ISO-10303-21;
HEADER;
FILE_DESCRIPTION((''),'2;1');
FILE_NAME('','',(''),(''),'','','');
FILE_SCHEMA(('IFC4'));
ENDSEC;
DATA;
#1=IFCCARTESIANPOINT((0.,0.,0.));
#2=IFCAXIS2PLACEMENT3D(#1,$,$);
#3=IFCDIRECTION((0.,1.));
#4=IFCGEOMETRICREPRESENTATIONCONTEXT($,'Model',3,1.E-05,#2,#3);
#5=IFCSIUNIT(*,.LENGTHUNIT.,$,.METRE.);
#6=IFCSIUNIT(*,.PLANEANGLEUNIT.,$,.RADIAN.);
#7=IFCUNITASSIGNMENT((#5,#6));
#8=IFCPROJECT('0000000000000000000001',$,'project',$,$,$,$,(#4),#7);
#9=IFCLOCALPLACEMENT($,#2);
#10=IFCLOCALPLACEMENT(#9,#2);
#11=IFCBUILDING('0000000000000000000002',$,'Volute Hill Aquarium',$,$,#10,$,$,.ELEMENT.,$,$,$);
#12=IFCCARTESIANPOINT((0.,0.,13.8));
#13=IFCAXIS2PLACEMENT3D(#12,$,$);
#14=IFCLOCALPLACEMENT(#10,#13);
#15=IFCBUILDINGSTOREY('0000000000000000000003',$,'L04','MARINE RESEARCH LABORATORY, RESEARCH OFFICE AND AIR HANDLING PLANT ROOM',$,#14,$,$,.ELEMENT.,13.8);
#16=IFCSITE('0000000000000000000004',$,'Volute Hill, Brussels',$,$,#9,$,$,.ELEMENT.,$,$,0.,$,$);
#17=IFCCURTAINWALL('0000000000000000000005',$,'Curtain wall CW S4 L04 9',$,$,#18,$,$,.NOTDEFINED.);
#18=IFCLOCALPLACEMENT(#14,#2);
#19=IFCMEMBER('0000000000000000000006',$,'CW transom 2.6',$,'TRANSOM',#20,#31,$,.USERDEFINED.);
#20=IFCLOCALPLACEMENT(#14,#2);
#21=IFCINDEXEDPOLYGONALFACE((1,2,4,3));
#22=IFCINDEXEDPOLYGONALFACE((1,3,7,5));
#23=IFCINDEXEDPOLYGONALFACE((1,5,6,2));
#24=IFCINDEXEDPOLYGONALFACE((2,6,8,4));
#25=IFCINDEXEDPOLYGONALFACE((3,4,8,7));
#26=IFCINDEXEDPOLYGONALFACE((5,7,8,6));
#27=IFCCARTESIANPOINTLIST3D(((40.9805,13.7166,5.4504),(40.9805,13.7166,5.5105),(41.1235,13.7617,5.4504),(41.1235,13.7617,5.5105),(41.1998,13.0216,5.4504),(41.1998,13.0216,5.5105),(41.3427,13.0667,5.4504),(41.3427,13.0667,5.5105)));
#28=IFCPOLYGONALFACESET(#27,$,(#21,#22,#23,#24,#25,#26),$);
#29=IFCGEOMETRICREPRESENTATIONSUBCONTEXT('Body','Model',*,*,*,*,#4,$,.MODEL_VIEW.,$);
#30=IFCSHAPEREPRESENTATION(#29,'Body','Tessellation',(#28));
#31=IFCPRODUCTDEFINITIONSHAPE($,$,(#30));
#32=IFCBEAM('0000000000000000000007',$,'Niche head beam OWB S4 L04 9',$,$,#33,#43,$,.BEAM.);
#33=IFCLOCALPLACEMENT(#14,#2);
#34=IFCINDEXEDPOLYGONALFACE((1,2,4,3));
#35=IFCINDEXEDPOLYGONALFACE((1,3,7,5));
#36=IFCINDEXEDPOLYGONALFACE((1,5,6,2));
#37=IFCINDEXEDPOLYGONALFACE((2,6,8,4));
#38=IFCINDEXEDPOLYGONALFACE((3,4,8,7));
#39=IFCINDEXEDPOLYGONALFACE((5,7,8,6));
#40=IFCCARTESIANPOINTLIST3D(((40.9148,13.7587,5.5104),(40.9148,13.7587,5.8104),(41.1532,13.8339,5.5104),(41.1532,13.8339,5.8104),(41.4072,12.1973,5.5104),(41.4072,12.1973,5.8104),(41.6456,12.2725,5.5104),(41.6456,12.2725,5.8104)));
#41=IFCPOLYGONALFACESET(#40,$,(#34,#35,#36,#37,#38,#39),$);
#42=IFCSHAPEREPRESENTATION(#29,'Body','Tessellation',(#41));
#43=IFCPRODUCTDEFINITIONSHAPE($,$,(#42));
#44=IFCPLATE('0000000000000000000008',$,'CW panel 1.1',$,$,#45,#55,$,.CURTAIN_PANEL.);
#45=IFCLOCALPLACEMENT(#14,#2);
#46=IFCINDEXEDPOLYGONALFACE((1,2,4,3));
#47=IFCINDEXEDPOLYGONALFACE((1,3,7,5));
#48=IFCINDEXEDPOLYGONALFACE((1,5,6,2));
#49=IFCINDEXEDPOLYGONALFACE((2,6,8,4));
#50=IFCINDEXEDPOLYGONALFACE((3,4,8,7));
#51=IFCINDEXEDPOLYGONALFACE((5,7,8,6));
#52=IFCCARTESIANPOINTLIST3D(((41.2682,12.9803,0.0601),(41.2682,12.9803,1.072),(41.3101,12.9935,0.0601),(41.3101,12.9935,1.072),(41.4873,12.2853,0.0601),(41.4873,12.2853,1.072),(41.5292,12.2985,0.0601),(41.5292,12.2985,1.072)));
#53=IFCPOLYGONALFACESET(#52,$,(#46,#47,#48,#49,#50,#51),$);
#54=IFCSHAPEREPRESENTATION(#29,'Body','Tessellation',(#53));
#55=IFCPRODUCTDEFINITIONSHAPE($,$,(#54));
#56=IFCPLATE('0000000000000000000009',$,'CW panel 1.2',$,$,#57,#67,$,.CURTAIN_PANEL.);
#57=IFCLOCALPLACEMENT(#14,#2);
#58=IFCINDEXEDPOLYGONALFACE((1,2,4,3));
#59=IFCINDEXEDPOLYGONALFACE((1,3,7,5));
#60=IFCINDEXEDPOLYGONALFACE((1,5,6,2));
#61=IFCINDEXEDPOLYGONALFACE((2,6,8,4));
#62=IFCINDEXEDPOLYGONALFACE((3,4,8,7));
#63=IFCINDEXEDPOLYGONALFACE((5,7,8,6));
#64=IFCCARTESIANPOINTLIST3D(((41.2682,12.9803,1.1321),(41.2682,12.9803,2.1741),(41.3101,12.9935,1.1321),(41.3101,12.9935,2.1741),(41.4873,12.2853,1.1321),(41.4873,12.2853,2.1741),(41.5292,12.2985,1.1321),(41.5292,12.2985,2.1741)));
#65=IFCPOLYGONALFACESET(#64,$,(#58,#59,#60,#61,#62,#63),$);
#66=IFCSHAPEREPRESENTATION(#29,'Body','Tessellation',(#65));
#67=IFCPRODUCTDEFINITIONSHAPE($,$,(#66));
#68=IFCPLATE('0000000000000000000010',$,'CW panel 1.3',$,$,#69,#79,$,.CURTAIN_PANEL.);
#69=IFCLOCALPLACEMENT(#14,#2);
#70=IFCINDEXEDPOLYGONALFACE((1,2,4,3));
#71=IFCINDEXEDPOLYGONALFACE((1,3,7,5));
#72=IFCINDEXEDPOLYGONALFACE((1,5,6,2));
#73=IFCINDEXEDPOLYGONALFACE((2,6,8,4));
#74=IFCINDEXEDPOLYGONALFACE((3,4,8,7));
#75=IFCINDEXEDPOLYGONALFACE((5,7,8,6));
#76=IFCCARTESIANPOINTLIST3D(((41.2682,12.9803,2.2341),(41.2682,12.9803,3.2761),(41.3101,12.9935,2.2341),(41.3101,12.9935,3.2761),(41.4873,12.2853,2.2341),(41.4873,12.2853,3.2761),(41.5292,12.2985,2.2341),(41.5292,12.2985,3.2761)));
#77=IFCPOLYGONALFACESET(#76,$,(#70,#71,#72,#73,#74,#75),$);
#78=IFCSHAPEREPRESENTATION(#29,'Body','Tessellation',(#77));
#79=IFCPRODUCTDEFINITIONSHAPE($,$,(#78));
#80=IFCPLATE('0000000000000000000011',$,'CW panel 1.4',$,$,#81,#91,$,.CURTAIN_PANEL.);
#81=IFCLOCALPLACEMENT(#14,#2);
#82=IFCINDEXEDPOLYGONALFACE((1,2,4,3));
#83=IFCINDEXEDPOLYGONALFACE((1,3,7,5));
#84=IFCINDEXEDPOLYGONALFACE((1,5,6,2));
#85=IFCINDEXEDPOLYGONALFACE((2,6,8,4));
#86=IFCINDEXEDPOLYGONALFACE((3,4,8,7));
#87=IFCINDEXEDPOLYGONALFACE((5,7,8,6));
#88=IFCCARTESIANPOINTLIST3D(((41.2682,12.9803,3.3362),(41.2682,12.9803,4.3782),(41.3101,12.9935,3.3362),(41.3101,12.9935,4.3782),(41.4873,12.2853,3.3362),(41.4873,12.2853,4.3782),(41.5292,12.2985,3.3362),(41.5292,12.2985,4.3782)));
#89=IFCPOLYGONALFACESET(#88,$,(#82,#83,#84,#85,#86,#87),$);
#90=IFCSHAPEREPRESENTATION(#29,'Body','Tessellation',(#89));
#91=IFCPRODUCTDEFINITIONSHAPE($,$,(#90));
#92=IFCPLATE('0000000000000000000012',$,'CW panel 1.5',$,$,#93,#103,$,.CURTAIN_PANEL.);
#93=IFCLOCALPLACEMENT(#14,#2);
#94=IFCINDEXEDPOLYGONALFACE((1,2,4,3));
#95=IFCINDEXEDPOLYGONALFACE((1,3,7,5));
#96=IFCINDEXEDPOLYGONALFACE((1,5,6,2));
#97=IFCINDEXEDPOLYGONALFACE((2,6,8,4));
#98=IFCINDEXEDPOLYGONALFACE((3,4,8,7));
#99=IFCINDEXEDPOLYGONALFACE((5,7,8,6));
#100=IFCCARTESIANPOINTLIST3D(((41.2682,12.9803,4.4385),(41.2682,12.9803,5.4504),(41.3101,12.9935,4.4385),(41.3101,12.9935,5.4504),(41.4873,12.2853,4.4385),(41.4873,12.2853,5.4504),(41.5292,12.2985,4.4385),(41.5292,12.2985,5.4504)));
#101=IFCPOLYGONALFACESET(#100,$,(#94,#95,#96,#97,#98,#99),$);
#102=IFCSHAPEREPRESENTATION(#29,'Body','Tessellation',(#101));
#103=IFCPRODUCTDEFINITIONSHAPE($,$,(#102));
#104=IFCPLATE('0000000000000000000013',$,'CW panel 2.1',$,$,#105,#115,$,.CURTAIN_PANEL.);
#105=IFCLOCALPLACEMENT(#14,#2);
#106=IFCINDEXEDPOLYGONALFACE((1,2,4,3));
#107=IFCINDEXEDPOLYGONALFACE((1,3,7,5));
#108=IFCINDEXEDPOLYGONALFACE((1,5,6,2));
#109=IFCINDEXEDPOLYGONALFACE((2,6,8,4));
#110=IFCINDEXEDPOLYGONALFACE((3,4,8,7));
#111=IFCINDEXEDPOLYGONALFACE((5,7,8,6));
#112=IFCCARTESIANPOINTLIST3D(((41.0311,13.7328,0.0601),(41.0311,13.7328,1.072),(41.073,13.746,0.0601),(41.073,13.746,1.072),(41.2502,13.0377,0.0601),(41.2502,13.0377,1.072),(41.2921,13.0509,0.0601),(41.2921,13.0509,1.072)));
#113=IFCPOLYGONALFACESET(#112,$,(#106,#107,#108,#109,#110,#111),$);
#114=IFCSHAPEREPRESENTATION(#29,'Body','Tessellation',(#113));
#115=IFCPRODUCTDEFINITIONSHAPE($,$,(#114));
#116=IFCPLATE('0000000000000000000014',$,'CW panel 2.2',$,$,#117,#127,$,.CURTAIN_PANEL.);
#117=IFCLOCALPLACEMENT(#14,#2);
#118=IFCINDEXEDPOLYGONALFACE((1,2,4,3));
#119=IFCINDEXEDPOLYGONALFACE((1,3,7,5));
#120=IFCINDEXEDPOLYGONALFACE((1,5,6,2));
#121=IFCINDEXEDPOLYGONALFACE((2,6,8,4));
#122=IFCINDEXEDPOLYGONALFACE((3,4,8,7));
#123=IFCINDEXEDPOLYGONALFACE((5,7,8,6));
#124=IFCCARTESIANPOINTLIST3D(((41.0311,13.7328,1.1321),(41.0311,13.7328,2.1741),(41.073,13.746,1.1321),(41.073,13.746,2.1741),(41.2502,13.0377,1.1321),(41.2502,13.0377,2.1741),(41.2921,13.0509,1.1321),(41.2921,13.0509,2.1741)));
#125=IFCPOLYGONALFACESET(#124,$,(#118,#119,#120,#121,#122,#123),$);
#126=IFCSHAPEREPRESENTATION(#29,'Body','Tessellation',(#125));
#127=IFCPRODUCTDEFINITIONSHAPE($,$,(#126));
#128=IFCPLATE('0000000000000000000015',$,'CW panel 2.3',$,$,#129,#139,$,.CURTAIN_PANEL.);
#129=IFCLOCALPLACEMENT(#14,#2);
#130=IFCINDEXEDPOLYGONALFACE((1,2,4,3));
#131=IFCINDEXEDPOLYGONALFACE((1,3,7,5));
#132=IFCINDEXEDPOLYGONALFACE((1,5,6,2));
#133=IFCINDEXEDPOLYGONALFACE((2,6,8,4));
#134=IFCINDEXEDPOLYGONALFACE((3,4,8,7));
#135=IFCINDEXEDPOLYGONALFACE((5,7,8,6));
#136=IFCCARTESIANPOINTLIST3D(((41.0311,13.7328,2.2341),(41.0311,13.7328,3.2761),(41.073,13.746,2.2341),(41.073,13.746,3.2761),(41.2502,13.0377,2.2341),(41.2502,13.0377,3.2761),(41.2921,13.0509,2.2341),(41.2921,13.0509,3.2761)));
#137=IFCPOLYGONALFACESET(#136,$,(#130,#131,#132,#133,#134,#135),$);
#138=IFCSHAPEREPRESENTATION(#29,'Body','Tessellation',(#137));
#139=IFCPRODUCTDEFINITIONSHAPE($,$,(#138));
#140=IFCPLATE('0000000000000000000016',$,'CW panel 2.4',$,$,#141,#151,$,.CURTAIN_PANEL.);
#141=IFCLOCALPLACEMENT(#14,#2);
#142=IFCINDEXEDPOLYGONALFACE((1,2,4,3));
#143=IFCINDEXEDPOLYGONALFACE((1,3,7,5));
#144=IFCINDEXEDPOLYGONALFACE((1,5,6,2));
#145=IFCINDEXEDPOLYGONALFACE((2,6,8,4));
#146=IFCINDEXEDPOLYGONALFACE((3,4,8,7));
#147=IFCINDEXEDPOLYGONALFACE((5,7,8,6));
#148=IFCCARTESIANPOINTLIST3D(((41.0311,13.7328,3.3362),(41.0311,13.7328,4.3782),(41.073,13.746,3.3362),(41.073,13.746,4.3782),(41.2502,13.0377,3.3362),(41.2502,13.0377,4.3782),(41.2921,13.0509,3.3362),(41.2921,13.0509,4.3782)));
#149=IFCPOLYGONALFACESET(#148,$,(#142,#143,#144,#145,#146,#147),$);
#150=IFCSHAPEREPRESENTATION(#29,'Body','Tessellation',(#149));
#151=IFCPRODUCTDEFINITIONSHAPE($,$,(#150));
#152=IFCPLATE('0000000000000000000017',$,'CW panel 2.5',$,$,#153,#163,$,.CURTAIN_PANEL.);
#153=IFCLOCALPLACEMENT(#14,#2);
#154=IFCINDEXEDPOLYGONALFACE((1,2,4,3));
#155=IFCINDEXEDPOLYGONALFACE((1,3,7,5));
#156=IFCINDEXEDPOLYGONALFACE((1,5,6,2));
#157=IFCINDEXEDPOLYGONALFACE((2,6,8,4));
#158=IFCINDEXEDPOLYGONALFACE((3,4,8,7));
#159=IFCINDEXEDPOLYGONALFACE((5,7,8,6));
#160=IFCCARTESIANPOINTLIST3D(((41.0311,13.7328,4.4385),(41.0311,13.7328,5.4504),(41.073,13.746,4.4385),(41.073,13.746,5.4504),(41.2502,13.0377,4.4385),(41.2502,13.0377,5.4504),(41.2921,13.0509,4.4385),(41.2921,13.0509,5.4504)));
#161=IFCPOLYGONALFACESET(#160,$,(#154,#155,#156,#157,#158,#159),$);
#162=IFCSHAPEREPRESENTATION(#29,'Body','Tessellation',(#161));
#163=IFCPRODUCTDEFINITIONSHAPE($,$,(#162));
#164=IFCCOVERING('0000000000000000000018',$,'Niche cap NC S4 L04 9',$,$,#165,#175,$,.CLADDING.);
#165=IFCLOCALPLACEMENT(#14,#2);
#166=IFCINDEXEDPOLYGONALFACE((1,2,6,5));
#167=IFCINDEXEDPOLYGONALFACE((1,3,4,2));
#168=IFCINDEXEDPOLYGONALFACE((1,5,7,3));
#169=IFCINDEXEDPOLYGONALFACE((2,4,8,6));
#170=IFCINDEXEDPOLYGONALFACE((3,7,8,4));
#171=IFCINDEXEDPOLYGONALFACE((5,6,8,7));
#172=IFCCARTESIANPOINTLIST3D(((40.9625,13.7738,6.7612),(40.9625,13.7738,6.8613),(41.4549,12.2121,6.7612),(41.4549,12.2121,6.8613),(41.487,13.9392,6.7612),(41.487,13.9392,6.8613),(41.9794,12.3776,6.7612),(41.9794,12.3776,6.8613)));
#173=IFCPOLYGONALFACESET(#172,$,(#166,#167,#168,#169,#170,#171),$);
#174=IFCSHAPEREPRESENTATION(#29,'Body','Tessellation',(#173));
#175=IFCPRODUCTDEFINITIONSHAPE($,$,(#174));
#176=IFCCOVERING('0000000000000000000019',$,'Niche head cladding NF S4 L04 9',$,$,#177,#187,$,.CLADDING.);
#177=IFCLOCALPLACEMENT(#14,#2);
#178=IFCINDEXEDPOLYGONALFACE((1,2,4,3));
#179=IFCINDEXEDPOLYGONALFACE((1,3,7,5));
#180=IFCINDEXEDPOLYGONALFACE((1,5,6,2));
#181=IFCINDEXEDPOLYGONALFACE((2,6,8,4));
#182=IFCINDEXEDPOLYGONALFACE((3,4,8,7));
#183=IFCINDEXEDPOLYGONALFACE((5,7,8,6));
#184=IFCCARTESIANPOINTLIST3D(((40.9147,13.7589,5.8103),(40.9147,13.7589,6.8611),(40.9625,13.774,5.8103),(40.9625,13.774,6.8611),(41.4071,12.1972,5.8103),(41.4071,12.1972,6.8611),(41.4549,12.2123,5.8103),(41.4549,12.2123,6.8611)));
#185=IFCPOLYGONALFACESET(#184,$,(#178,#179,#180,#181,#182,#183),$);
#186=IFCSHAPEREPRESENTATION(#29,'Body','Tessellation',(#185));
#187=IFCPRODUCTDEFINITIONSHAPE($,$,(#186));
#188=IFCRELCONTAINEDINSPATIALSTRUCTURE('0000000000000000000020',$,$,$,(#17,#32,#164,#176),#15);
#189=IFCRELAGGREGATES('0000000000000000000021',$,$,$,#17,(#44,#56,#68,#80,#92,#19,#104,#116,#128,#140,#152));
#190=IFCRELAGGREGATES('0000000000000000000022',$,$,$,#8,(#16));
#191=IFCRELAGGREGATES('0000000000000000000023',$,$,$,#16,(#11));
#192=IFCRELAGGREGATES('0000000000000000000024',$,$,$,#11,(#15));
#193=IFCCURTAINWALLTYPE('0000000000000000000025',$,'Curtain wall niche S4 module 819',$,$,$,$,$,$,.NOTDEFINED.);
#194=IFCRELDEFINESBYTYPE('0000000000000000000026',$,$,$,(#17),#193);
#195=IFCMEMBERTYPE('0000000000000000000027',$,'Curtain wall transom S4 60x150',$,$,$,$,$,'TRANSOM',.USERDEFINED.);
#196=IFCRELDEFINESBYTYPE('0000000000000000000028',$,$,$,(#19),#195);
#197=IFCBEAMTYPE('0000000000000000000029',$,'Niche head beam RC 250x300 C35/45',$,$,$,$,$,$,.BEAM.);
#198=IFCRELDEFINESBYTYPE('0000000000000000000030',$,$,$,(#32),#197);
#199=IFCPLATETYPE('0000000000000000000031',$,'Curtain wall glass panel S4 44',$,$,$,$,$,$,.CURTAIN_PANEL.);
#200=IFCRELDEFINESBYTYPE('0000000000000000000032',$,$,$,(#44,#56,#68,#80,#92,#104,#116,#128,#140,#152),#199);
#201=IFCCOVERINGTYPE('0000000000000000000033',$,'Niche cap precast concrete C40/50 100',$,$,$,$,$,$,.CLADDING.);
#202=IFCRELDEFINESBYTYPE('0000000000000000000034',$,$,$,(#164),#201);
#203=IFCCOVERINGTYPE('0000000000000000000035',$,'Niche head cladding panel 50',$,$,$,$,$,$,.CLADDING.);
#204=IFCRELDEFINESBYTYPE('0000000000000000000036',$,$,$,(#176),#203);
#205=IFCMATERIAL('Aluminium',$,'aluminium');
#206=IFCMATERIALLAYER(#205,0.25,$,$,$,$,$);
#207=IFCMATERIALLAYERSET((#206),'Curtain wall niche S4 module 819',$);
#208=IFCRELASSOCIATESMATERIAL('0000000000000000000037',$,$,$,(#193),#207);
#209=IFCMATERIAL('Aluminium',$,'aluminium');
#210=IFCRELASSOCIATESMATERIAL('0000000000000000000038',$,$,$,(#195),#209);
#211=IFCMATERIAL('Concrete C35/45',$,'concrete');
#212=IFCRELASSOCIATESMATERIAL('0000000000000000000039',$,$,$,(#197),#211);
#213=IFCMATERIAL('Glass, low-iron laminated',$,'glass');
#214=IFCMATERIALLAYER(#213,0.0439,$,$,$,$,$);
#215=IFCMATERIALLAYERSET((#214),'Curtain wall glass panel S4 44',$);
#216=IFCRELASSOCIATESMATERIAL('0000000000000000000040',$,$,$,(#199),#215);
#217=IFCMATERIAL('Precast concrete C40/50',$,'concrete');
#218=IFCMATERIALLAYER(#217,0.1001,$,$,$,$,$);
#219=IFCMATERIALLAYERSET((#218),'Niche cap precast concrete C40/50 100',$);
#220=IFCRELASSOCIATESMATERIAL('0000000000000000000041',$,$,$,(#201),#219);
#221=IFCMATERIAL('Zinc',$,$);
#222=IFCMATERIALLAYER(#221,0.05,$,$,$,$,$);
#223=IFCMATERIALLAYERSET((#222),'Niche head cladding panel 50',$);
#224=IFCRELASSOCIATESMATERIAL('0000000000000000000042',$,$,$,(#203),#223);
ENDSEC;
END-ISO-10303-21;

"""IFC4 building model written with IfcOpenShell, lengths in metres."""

from ifc_helpers import new_model, si_unit, direction, frame, origin, origin_2d, place, context, subcontext, project, spatial, rectangle, extrude, material, layer, layer_set, material_profile, profile_set, type_object, element, aggregate, save


model = new_model("IFC4")

# Units and contexts
model_context = context("Model", 3, precision=1e-05, world=origin(), true_north=direction((0.0, 1.0)))
body_context = subcontext(model_context, "Body", "Model", "MODEL_VIEW")
ifc_project = project(units=[si_unit("LENGTHUNIT", "METRE"), si_unit("PLANEANGLEUNIT", "RADIAN")], contexts=[model_context])

# Site, building, storey
site_placement = place(None, origin())
site = spatial("IfcSite", under=ifc_project, at=site_placement, Name="Volute Hill, Brussels", CompositionType="ELEMENT", RefElevation=0.0)
building_placement = place(site_placement, origin())
building = spatial("IfcBuilding", under=site, at=building_placement, Name="Volute Hill Aquarium", CompositionType="ELEMENT")
storey_placement = place(building_placement, frame((0.0, 0.0, 13.8)))
storey = spatial("IfcBuildingStorey", under=building, at=storey_placement, Name="L04", Description="MARINE RESEARCH LABORATORY, RESEARCH OFFICE AND AIR HANDLING PLANT ROOM", CompositionType="ELEMENT", Elevation=13.8)

# Curtain wall, member
ifc_material_1 = material(Name="Aluminium", Category="aluminium")
ifc_layer_1 = layer(ifc_material_1, 0.25)
ifc_layer_set_1 = layer_set([ifc_layer_1], Name="Curtain wall niche S4 module 819")
curtain_wall_type = type_object("IfcCurtainWallType", Name="Curtain wall niche S4 module 819", PredefinedType="NOTDEFINED", material=ifc_layer_set_1)
curtain_wall_placement = place(storey_placement, origin())
curtain_wall = element("IfcCurtainWall", 1, at=curtain_wall_placement, inside=storey, type_object=curtain_wall_type, Name="Curtain wall CW S4 L04 9", PredefinedType="NOTDEFINED")
ifc_material_2 = material(Name="Aluminium", Category="aluminium")
ifc_material_profile_1 = material_profile(ifc_material_2, rectangle(XDim=0.1499, YDim=0.0601, at=origin_2d()), Name="Curtain wall transom S4 60x150")
ifc_profile_set_1 = profile_set([ifc_material_profile_1], Name="Aluminium")
member_type_1 = type_object("IfcMemberType", Name="Curtain wall transom S4 60x150", ElementType="TRANSOM", PredefinedType="USERDEFINED", material=ifc_profile_set_1)
member_1_placement = place(storey_placement, frame((41.2712, 13.0442, 5.4805), z_axis=(-0.300811, 0.953684, 0.0), x_axis=(-0.953684, -0.300811, 0.0)))
member_1 = element("IfcMember", 2, at=member_1_placement, type_object=member_type_1, Name="CW transom 2.6", ObjectType="TRANSOM", PredefinedType="USERDEFINED", context=body_context, shape_type="SweptSolid", body=[
    extrude(rectangle(XDim=0.1499, YDim=0.0601, at=origin_2d()), origin(), (0.0, 0.0, 1.0), 0.7288),
])

# Beam
ifc_material_3 = material(Name="Concrete C35/45", Category="concrete")
ifc_material_profile_2 = material_profile(ifc_material_3, rectangle(XDim=0.25, YDim=0.3, at=origin_2d()), Name="RC beam 250x300")
ifc_profile_set_2 = profile_set([ifc_material_profile_2], Name="Concrete C35/45")
beam_type = type_object("IfcBeamType", Name="Niche head beam RC 250x300 C35/45", PredefinedType="BEAM", material=ifc_profile_set_2)
beam_placement = place(storey_placement, frame((41.5264, 12.2349, 5.6604), z_axis=(-0.300753, 0.953702, 0.0), x_axis=(-0.953702, -0.300753, 0.0)))
element("IfcBeam", 3, at=beam_placement, inside=storey, type_object=beam_type, Name="Niche head beam OWB S4 L04 9", PredefinedType="BEAM", context=body_context, shape_type="SweptSolid", body=[
    extrude(rectangle(XDim=0.25, YDim=0.3, at=origin_2d()), origin(), (0.0, 0.0, 1.0), 1.6372),
])

# Plates
ifc_material_4 = material(Name="Glass, low-iron laminated", Category="glass")
ifc_layer_2 = layer(ifc_material_4, 0.0439)
ifc_layer_set_2 = layer_set([ifc_layer_2], Name="Curtain wall glass panel S4 44")
plate_type = type_object("IfcPlateType", Name="Curtain wall glass panel S4 44", PredefinedType="CURTAIN_PANEL", material=ifc_layer_set_2)
plate_1_placement = place(storey_placement, frame((41.3987, 12.6394, 0.0601), z_axis=(0.0, 0.0, 1.0), x_axis=(-0.30071, 0.953716, 0.0)))
plate_1 = element("IfcPlate", 4, at=plate_1_placement, type_object=plate_type, Name="CW panel 1.1", PredefinedType="CURTAIN_PANEL", context=body_context, shape_type="SweptSolid", body=[
    extrude(rectangle(XDim=0.7288, YDim=0.0439, at=origin_2d()), origin(), (0.0, 0.0, 1.0), 1.012),
])
plate_2_placement = place(storey_placement, frame((41.3987, 12.6394, 1.1321), z_axis=(0.0, 0.0, 1.0), x_axis=(-0.30071, 0.953716, 0.0)))
plate_2 = element("IfcPlate", 5, at=plate_2_placement, type_object=plate_type, Name="CW panel 1.2", PredefinedType="CURTAIN_PANEL", context=body_context, shape_type="SweptSolid", body=[
    extrude(rectangle(XDim=0.7288, YDim=0.0439, at=origin_2d()), origin(), (0.0, 0.0, 1.0), 1.042),
])
plate_3_placement = place(storey_placement, frame((41.3987, 12.6394, 2.2341), z_axis=(0.0, 0.0, 1.0), x_axis=(-0.30071, 0.953716, 0.0)))
plate_3 = element("IfcPlate", 6, at=plate_3_placement, type_object=plate_type, Name="CW panel 1.3", PredefinedType="CURTAIN_PANEL", context=body_context, shape_type="SweptSolid", body=[
    extrude(rectangle(XDim=0.7288, YDim=0.0439, at=origin_2d()), origin(), (0.0, 0.0, 1.0), 1.042),
])
plate_4_placement = place(storey_placement, frame((41.3987, 12.6394, 3.3362), z_axis=(0.0, 0.0, 1.0), x_axis=(-0.30071, 0.953716, 0.0)))
plate_4 = element("IfcPlate", 7, at=plate_4_placement, type_object=plate_type, Name="CW panel 1.4", PredefinedType="CURTAIN_PANEL", context=body_context, shape_type="SweptSolid", body=[
    extrude(rectangle(XDim=0.7288, YDim=0.0439, at=origin_2d()), origin(), (0.0, 0.0, 1.0), 1.042),
])
plate_5_placement = place(storey_placement, frame((41.3987, 12.6394, 4.4385), z_axis=(0.0, 0.0, 1.0), x_axis=(-0.30071, 0.953716, 0.0)))
plate_5 = element("IfcPlate", 8, at=plate_5_placement, type_object=plate_type, Name="CW panel 1.5", PredefinedType="CURTAIN_PANEL", context=body_context, shape_type="SweptSolid", body=[
    extrude(rectangle(XDim=0.7288, YDim=0.0439, at=origin_2d()), origin(), (0.0, 0.0, 1.0), 1.012),
])
plate_6_placement = place(storey_placement, frame((41.1616, 13.3918, 0.0601), z_axis=(0.0, 0.0, 1.0), x_axis=(-0.30071, 0.953716, 0.0)))
plate_6 = element("IfcPlate", 9, at=plate_6_placement, type_object=plate_type, Name="CW panel 2.1", PredefinedType="CURTAIN_PANEL", context=body_context, shape_type="SweptSolid", body=[
    extrude(rectangle(XDim=0.7288, YDim=0.0439, at=origin_2d()), origin(), (0.0, 0.0, 1.0), 1.012),
])
plate_7_placement = place(storey_placement, frame((41.1616, 13.3918, 1.1321), z_axis=(0.0, 0.0, 1.0), x_axis=(-0.30071, 0.953716, 0.0)))
plate_7 = element("IfcPlate", 10, at=plate_7_placement, type_object=plate_type, Name="CW panel 2.2", PredefinedType="CURTAIN_PANEL", context=body_context, shape_type="SweptSolid", body=[
    extrude(rectangle(XDim=0.7288, YDim=0.0439, at=origin_2d()), origin(), (0.0, 0.0, 1.0), 1.042),
])
plate_8_placement = place(storey_placement, frame((41.1616, 13.3918, 2.2341), z_axis=(0.0, 0.0, 1.0), x_axis=(-0.30071, 0.953716, 0.0)))
plate_8 = element("IfcPlate", 11, at=plate_8_placement, type_object=plate_type, Name="CW panel 2.3", PredefinedType="CURTAIN_PANEL", context=body_context, shape_type="SweptSolid", body=[
    extrude(rectangle(XDim=0.7288, YDim=0.0439, at=origin_2d()), origin(), (0.0, 0.0, 1.0), 1.042),
])
plate_9_placement = place(storey_placement, frame((41.1616, 13.3918, 3.3362), z_axis=(0.0, 0.0, 1.0), x_axis=(-0.30071, 0.953716, 0.0)))
plate_9 = element("IfcPlate", 12, at=plate_9_placement, type_object=plate_type, Name="CW panel 2.4", PredefinedType="CURTAIN_PANEL", context=body_context, shape_type="SweptSolid", body=[
    extrude(rectangle(XDim=0.7288, YDim=0.0439, at=origin_2d()), origin(), (0.0, 0.0, 1.0), 1.042),
])
plate_10_placement = place(storey_placement, frame((41.1616, 13.3918, 4.4385), z_axis=(0.0, 0.0, 1.0), x_axis=(-0.30071, 0.953716, 0.0)))
plate_10 = element("IfcPlate", 13, at=plate_10_placement, type_object=plate_type, Name="CW panel 2.5", PredefinedType="CURTAIN_PANEL", context=body_context, shape_type="SweptSolid", body=[
    extrude(rectangle(XDim=0.7288, YDim=0.0439, at=origin_2d()), origin(), (0.0, 0.0, 1.0), 1.012),
])
aggregate(curtain_wall, [plate_1, plate_2, plate_3, plate_4, plate_5, member_1, plate_6, plate_7, plate_8, plate_9, plate_10])

# Coverings
ifc_material_5 = material(Name="Precast concrete C40/50", Category="concrete")
ifc_layer_3 = layer(ifc_material_5, 0.1001)
ifc_layer_set_3 = layer_set([ifc_layer_3], Name="Niche cap precast concrete C40/50 100")
covering_type_1 = type_object("IfcCoveringType", Name="Niche cap precast concrete C40/50 100", PredefinedType="CLADDING", material=ifc_layer_set_3)
covering_1_placement = place(storey_placement, frame((41.4709, 13.0757, 6.7612), z_axis=(0.0, 0.0, 1.0), x_axis=(-0.300713, 0.953715, 0.0)))
element("IfcCovering", 14, at=covering_1_placement, inside=storey, type_object=covering_type_1, Name="Niche cap NC S4 L04 9", PredefinedType="CLADDING", context=body_context, shape_type="SweptSolid", body=[
    extrude(rectangle(XDim=1.6375, YDim=0.55, at=origin_2d()), origin(), (0.0, 0.0, 1.0), 0.1001),
])
ifc_material_6 = material(Name="Zinc")
ifc_layer_4 = layer(ifc_material_6, 0.05)
ifc_layer_set_4 = layer_set([ifc_layer_4], Name="Niche head cladding panel 50")
covering_type_2 = type_object("IfcCoveringType", Name="Niche head cladding panel 50", PredefinedType="CLADDING", material=ifc_layer_set_4)
covering_2_placement = place(storey_placement, frame((41.1848, 12.9856, 5.8103), z_axis=(0.0, 0.0, 1.0), x_axis=(-0.300713, 0.953715, 0.0)))
element("IfcCovering", 15, at=covering_2_placement, inside=storey, type_object=covering_type_2, Name="Niche head cladding NF S4 L04 9", PredefinedType="CLADDING", context=body_context, shape_type="SweptSolid", body=[
    extrude(rectangle(XDim=1.6375, YDim=0.05, at=origin_2d()), origin(), (0.0, 0.0, 1.0), 1.0508),
])

save(model, "model.ifc")
